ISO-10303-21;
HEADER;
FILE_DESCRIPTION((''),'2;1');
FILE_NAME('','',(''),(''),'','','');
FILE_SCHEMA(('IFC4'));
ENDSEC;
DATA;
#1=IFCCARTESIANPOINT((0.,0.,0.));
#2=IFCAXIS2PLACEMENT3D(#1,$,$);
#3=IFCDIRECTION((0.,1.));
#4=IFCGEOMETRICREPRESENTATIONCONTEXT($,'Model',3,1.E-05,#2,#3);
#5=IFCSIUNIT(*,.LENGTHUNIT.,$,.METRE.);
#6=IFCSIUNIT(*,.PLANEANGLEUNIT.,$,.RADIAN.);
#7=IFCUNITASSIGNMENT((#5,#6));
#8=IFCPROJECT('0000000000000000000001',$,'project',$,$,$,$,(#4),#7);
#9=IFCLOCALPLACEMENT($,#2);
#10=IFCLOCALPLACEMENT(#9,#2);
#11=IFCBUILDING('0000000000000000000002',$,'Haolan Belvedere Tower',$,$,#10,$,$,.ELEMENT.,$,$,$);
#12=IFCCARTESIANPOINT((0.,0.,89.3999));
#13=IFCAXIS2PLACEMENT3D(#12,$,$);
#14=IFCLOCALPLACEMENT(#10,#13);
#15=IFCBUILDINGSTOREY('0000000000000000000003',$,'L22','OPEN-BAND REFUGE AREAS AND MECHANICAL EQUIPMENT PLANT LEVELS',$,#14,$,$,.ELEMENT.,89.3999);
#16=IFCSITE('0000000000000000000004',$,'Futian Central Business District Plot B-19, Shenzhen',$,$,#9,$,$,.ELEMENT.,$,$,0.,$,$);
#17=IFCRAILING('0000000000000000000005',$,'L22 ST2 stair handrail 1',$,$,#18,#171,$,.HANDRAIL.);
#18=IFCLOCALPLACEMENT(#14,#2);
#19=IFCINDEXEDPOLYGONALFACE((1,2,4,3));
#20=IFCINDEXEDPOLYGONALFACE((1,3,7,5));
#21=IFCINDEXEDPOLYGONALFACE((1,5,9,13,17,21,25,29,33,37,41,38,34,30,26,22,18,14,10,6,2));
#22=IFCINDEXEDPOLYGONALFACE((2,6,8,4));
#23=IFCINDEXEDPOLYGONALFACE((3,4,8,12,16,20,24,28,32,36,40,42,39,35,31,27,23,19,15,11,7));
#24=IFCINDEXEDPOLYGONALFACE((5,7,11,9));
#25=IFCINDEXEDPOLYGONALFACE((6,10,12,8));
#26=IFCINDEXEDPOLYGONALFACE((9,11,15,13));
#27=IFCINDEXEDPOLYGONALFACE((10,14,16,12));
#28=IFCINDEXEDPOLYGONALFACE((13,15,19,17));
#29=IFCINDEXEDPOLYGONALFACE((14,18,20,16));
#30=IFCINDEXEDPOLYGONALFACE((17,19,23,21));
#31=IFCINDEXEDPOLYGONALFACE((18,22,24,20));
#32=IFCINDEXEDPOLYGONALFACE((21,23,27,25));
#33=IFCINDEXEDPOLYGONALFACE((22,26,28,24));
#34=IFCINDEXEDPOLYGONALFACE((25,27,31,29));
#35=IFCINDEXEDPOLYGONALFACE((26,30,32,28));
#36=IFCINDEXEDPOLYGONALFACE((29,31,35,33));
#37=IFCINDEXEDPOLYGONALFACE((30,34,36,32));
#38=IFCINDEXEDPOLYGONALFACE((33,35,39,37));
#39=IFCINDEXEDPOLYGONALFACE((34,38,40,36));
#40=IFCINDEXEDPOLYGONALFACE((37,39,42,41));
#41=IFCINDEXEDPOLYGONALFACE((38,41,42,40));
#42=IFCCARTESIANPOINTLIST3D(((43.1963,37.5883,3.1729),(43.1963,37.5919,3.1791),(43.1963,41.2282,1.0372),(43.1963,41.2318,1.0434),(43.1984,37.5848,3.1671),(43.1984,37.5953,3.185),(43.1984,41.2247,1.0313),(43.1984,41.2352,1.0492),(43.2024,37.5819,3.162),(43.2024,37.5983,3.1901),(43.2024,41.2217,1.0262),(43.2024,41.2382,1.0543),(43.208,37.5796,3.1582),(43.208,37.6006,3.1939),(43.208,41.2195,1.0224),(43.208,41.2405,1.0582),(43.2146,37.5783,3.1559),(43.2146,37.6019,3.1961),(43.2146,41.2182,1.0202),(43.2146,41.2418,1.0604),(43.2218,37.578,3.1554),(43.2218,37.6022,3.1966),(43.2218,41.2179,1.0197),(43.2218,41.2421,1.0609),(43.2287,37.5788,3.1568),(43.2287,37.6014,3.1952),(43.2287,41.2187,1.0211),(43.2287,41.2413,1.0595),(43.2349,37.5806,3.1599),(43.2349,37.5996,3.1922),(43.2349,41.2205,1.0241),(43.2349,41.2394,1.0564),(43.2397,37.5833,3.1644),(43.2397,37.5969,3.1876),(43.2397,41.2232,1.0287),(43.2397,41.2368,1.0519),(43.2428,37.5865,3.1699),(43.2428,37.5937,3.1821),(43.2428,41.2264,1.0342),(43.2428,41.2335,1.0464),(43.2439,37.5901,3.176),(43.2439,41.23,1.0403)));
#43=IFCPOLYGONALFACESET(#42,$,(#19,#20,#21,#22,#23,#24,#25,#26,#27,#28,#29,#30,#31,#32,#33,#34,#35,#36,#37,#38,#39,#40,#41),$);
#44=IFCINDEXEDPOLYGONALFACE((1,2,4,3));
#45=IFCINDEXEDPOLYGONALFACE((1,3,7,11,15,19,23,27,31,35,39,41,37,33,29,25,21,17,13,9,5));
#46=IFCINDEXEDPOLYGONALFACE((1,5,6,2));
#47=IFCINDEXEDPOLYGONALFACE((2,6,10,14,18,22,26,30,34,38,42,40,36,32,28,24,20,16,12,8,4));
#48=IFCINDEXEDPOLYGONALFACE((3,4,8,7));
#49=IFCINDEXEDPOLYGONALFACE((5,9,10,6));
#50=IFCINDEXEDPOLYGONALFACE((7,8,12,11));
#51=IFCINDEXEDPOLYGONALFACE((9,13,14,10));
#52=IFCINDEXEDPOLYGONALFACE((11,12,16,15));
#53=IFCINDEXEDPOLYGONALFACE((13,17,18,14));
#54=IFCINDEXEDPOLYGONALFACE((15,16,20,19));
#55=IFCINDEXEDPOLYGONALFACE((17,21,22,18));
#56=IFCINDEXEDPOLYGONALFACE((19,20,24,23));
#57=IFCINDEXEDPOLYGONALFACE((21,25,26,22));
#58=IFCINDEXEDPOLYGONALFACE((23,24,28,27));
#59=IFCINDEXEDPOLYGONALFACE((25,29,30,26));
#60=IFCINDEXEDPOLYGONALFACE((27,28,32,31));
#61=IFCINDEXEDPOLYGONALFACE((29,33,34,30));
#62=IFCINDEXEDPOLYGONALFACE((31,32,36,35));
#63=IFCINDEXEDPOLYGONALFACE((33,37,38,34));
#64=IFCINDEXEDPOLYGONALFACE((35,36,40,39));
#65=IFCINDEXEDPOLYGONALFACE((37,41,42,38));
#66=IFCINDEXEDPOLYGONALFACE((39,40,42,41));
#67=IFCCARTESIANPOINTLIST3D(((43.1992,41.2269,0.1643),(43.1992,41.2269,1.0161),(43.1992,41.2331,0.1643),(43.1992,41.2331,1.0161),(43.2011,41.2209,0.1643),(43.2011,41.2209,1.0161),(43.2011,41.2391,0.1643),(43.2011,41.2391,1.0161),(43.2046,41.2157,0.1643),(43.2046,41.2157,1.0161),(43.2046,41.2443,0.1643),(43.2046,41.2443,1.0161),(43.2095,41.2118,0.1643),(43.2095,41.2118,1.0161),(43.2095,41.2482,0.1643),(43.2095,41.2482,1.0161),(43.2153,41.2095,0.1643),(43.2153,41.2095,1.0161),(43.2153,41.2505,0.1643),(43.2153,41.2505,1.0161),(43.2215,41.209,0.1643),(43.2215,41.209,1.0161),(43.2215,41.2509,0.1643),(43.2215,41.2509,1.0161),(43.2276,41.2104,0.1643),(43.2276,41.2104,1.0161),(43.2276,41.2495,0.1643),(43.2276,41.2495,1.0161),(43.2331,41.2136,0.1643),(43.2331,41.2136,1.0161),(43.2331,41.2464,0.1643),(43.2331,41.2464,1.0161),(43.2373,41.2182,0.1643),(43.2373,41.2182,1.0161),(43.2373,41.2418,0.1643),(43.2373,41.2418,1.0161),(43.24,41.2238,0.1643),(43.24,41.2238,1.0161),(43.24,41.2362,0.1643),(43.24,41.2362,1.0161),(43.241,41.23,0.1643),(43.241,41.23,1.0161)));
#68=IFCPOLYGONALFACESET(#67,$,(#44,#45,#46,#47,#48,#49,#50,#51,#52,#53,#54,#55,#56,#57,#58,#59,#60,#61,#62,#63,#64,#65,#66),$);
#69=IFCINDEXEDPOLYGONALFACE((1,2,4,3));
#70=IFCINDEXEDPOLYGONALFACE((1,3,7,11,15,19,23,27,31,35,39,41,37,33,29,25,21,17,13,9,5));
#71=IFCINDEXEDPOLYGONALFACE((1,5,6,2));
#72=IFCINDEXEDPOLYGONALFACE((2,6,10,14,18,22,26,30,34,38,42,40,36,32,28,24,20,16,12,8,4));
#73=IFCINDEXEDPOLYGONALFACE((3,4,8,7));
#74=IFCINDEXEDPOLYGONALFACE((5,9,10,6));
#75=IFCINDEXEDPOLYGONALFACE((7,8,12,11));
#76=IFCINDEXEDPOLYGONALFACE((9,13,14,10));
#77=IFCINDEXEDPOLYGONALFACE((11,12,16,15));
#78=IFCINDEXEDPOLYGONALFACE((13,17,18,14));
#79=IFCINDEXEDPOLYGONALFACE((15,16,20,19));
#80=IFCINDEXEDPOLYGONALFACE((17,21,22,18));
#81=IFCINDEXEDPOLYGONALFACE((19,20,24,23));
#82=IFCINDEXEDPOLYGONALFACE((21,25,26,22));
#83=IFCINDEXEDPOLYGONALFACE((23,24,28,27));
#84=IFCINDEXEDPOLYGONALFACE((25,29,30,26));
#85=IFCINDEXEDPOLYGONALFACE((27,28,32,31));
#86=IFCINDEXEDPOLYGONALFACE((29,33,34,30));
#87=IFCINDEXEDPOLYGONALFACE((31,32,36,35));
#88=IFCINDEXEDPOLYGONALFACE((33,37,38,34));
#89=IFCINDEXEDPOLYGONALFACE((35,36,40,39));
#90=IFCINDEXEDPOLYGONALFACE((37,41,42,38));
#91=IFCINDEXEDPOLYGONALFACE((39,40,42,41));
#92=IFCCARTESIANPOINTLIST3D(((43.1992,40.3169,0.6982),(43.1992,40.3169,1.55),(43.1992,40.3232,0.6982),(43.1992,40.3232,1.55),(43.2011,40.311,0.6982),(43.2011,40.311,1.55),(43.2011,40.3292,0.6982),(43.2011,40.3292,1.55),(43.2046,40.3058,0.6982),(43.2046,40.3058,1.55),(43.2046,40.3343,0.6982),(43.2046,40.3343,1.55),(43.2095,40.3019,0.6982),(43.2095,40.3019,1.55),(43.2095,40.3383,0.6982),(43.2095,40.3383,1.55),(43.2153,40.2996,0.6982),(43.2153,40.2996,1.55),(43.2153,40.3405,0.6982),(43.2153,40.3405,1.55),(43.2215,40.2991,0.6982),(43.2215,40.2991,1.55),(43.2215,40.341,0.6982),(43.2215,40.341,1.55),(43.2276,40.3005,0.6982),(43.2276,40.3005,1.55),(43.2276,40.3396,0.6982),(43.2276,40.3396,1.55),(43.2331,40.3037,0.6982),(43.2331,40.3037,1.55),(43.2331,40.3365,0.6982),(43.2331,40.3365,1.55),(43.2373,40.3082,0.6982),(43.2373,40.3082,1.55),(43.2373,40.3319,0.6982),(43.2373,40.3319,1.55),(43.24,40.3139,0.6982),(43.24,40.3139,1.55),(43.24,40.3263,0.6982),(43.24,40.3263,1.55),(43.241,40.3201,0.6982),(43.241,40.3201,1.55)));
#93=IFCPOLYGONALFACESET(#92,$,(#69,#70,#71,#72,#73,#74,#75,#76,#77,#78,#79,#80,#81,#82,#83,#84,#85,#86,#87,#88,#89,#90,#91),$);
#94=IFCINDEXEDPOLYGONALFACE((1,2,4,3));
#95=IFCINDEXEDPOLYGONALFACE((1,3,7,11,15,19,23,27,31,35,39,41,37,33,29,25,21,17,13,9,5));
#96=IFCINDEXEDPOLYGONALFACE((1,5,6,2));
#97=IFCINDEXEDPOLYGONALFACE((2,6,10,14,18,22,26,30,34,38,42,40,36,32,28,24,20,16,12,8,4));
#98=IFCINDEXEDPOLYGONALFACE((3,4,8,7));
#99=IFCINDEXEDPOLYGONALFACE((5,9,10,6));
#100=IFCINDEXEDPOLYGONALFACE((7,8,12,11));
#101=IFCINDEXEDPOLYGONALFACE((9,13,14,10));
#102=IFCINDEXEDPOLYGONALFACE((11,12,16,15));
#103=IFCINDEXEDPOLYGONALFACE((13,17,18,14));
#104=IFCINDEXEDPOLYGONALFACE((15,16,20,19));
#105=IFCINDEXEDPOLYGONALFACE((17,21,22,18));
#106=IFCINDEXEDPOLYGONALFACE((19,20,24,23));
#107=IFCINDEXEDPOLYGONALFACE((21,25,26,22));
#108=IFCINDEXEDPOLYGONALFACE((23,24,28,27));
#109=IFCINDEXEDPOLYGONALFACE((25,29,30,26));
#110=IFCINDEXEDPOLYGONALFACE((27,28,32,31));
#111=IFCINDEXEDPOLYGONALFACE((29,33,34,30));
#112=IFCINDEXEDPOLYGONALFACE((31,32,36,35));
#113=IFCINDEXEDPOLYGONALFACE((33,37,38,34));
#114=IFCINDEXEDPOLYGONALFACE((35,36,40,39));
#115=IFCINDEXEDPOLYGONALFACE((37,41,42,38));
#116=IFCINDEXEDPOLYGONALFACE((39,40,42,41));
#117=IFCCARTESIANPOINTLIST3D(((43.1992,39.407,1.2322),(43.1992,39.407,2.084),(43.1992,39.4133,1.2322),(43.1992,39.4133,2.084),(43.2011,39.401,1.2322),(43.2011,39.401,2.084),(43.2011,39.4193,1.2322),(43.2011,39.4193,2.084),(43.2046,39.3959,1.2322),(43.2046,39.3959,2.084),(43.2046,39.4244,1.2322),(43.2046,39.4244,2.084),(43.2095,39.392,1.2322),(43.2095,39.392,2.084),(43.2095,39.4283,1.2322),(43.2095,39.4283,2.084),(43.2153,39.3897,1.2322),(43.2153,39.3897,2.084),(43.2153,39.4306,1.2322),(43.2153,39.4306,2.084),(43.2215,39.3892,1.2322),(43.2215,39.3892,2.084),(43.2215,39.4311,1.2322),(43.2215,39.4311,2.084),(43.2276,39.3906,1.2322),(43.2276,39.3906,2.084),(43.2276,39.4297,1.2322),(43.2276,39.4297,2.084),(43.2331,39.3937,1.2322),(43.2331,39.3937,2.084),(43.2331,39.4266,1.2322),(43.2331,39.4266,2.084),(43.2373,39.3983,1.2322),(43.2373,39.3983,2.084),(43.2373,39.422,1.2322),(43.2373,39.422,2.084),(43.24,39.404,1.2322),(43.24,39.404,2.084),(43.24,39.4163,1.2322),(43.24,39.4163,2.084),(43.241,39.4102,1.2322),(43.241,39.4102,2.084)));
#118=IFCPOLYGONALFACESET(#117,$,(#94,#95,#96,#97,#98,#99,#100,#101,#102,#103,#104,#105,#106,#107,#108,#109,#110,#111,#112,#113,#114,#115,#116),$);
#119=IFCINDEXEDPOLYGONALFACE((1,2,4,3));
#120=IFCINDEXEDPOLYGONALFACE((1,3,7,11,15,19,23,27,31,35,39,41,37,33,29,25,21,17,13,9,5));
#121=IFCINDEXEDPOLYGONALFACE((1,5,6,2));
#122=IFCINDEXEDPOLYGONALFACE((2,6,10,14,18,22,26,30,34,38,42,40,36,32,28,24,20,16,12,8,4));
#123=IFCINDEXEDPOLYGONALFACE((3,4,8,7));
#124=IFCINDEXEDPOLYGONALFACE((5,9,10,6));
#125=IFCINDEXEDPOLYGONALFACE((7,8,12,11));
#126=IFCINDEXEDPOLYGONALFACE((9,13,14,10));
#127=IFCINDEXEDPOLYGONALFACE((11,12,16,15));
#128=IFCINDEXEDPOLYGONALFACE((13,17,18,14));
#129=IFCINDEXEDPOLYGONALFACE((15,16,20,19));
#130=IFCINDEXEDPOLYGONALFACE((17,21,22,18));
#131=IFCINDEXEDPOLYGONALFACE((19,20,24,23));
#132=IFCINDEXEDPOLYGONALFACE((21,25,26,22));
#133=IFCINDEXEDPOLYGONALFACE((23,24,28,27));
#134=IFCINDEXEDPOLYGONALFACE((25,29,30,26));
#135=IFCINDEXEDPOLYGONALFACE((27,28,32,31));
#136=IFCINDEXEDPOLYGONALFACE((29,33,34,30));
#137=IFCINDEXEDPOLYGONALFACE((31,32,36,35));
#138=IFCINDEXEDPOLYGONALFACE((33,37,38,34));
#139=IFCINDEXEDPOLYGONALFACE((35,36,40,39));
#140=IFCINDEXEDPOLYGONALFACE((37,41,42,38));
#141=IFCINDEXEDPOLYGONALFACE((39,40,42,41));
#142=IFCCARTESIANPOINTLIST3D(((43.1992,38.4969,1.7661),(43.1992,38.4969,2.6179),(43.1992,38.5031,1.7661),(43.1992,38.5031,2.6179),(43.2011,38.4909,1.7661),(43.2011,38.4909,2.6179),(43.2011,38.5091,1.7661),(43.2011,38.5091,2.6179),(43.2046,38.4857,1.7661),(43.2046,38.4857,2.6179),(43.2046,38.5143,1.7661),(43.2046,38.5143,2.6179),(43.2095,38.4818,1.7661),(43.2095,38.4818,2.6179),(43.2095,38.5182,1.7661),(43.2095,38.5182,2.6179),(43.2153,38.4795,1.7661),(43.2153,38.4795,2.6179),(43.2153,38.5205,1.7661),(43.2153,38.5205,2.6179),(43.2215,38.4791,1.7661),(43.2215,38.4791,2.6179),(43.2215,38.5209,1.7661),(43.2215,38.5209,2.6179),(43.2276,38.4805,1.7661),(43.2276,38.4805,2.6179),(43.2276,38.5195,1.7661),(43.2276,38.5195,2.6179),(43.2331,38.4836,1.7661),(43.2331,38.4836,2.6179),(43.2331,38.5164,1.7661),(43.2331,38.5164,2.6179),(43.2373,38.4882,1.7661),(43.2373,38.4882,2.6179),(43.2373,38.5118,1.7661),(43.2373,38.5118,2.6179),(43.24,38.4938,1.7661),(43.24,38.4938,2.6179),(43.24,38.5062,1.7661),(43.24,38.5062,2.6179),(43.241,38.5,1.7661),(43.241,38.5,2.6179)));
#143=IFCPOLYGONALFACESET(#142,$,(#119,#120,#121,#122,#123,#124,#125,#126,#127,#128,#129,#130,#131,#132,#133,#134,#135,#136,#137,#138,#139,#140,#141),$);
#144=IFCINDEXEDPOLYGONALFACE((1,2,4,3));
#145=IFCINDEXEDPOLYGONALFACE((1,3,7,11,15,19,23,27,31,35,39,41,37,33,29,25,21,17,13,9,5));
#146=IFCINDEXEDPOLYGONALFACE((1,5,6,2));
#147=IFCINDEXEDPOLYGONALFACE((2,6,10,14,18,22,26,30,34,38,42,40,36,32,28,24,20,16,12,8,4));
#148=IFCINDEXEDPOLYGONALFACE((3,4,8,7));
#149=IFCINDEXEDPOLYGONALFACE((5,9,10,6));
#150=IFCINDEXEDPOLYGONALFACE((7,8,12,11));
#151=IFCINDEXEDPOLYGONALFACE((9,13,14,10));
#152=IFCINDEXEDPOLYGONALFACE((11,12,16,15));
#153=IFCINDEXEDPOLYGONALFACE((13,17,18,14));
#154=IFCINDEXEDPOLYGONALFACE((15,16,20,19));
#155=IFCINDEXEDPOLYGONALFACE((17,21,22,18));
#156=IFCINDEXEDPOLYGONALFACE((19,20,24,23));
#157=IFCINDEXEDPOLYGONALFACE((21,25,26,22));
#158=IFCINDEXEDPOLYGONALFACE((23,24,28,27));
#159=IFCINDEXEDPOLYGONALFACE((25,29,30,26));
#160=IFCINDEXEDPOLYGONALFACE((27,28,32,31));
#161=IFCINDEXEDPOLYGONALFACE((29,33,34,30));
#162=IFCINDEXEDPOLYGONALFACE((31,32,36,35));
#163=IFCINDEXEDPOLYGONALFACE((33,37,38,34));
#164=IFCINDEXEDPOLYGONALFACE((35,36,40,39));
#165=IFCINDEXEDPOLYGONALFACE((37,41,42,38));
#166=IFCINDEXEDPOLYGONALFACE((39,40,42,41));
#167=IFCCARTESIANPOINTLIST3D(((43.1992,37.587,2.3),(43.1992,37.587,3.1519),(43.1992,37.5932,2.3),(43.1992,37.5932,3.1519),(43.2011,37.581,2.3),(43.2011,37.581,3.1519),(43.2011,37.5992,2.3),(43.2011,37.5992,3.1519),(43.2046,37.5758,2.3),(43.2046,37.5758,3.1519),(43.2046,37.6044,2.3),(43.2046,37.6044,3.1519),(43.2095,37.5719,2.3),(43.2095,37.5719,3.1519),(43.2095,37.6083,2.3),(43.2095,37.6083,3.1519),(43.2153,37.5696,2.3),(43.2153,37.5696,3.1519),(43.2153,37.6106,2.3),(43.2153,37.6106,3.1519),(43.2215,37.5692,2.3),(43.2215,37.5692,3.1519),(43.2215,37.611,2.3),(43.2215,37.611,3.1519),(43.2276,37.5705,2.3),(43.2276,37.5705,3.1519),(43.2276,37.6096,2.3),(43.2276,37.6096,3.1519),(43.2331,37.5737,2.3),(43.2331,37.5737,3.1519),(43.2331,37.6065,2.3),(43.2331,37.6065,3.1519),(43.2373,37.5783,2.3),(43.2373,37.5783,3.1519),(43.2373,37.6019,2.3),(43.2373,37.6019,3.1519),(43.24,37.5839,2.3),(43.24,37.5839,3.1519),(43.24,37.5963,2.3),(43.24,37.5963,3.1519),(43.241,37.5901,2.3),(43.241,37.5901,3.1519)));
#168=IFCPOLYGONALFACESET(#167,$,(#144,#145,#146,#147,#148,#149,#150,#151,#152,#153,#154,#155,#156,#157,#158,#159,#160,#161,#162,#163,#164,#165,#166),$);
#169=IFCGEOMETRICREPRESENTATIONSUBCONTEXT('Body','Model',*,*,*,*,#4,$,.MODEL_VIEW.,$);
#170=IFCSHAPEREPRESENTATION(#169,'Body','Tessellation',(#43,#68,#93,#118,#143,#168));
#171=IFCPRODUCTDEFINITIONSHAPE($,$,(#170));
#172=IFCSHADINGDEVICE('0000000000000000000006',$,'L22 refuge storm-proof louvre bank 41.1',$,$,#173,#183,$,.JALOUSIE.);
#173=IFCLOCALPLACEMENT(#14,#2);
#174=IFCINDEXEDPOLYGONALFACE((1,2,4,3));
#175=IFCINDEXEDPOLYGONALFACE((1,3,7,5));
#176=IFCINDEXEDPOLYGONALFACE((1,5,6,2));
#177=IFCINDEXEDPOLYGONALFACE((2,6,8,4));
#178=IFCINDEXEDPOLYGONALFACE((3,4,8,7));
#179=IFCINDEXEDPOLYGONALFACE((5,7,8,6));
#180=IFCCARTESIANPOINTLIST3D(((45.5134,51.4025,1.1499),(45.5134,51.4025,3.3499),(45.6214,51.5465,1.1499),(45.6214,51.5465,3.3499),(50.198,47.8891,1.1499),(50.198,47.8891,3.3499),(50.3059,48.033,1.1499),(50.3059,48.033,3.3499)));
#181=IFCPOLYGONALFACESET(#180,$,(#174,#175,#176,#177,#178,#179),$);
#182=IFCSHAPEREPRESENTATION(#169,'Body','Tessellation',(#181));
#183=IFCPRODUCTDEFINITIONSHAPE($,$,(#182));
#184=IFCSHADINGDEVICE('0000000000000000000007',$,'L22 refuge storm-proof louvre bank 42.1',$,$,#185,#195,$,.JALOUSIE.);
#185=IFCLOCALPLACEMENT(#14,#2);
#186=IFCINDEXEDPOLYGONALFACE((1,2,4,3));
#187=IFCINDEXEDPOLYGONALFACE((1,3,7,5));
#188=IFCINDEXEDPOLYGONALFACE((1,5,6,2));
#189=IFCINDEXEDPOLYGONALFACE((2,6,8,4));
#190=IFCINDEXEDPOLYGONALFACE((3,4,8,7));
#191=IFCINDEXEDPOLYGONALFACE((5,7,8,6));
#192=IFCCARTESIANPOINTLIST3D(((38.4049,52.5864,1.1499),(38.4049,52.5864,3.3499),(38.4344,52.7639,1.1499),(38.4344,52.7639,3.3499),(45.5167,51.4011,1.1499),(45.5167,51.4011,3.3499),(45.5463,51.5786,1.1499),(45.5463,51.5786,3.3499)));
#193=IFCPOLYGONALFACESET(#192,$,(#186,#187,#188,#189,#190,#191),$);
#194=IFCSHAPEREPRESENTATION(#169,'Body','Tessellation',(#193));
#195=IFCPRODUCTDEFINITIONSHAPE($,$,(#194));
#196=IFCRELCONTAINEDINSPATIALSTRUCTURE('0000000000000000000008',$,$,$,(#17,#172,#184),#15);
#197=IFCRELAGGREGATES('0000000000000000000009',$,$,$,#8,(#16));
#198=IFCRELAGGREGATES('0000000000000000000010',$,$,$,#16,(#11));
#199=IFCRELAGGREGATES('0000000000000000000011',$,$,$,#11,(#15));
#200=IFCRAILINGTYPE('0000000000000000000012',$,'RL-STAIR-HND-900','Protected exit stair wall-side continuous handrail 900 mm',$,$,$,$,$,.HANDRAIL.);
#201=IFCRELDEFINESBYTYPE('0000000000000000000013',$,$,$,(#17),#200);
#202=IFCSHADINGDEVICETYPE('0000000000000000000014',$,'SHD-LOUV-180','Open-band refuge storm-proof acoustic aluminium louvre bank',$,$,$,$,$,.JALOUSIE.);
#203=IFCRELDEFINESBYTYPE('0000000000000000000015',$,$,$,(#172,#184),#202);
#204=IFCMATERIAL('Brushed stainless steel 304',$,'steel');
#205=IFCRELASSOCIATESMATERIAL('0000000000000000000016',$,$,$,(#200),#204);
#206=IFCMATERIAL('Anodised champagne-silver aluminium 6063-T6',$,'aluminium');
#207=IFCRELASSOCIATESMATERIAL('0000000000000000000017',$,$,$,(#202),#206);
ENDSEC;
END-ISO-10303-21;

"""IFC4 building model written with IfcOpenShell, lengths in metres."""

from ifc_helpers import new_model, si_unit, direction, frame, origin, origin_2d, place, context, subcontext, project, spatial, rectangle, circle, extrude, material, type_object, element, save


model = new_model("IFC4")

# Units and contexts
model_context = context("Model", 3, precision=1e-05, world=origin(), true_north=direction((0.0, 1.0)))
body_context = subcontext(model_context, "Body", "Model", "MODEL_VIEW")
ifc_project = project(units=[si_unit("LENGTHUNIT", "METRE"), si_unit("PLANEANGLEUNIT", "RADIAN")], contexts=[model_context])

# Site, building, storey
site_placement = place(None, origin())
site = spatial("IfcSite", under=ifc_project, at=site_placement, Name="Futian Central Business District Plot B-19, Shenzhen", CompositionType="ELEMENT", RefElevation=0.0)
building_placement = place(site_placement, origin())
building = spatial("IfcBuilding", under=site, at=building_placement, Name="Haolan Belvedere Tower", CompositionType="ELEMENT")
storey_placement = place(building_placement, frame((0.0, 0.0, 89.3999)))
storey = spatial("IfcBuildingStorey", under=building, at=storey_placement, Name="L22", Description="OPEN-BAND REFUGE AREAS AND MECHANICAL EQUIPMENT PLANT LEVELS", CompositionType="ELEMENT", Elevation=89.3999)

# Railing
ifc_material_1 = material(Name="Brushed stainless steel 304", Category="steel")
railing_type_1 = type_object("IfcRailingType", Name="RL-STAIR-HND-900", Description="Protected exit stair wall-side continuous handrail 900 mm", PredefinedType="HANDRAIL", material=ifc_material_1)
for number, where, name in (
    (1, (43.22, 41.23, 0.1643), "L22 ST2 stair handrail 1"),
):
    element("IfcRailing", number, at=place(storey_placement, frame(where)), inside=storey, type_object=railing_type_1, Name=name, PredefinedType="HANDRAIL", context=body_context, shape_type="SweptSolid", body=[
        extrude(circle(Radius=0.0239, at=origin_2d()), frame((0.0, 0.0, 0.876), z_axis=(0.0, -0.86249, 0.506074), x_axis=(1.0, 0.0, 0.0)), (0.0, 0.0, 1.0), 4.2202),
        extrude(circle(Radius=0.021, at=origin_2d()), origin(), (0.0, 0.0, 1.0), 0.8518),
        extrude(circle(Radius=0.021, at=origin_2d()), frame((0.0, -0.9099, 0.5339)), (0.0, 0.0, 1.0), 0.8518),
        extrude(circle(Radius=0.021, at=origin_2d()), frame((0.0, -1.8198, 1.0679)), (0.0, 0.0, 1.0), 0.8518),
        extrude(circle(Radius=0.021, at=origin_2d()), frame((0.0, -2.73, 1.6018)), (0.0, 0.0, 1.0), 0.8518),
        extrude(circle(Radius=0.021, at=origin_2d()), frame((0.0, -3.6399, 2.1357)), (0.0, 0.0, 1.0), 0.8518),
    ])

# Shading devices
ifc_material_2 = material(Name="Anodised champagne-silver aluminium 6063-T6", Category="aluminium")
shading_device_type = type_object("IfcShadingDeviceType", Name="SHD-LOUV-180", Description="Open-band refuge storm-proof acoustic aluminium louvre bank", PredefinedType="JALOUSIE", material=ifc_material_2)
shading_device_1_placement = place(storey_placement, frame((47.9097, 49.7178, 1.1499), z_axis=(0.0, 0.0, 1.0), x_axis=(-0.799999, 0.600001, 0.0)))
element("IfcShadingDevice", 2, at=shading_device_1_placement, inside=storey, type_object=shading_device_type, Name="L22 refuge storm-proof louvre bank 41.1", PredefinedType="JALOUSIE", context=body_context, shape_type="SweptSolid", body=[
    extrude(rectangle(XDim=5.8557, YDim=0.1799, at=origin_2d()), origin(), (0.0, 0.0, 1.0), 2.2),
])
shading_device_2_placement = place(storey_placement, frame((41.9756, 52.0825, 1.1499), z_axis=(0.0, 0.0, 1.0), x_axis=(-0.986395, 0.164393, 0.0)))
element("IfcShadingDevice", 3, at=shading_device_2_placement, inside=storey, type_object=shading_device_type, Name="L22 refuge storm-proof louvre bank 42.1", PredefinedType="JALOUSIE", context=body_context, shape_type="SweptSolid", body=[
    extrude(rectangle(XDim=7.21, YDim=0.1799, at=origin_2d()), origin(), (0.0, 0.0, 1.0), 2.2),
])

save(model, "model.ifc")
